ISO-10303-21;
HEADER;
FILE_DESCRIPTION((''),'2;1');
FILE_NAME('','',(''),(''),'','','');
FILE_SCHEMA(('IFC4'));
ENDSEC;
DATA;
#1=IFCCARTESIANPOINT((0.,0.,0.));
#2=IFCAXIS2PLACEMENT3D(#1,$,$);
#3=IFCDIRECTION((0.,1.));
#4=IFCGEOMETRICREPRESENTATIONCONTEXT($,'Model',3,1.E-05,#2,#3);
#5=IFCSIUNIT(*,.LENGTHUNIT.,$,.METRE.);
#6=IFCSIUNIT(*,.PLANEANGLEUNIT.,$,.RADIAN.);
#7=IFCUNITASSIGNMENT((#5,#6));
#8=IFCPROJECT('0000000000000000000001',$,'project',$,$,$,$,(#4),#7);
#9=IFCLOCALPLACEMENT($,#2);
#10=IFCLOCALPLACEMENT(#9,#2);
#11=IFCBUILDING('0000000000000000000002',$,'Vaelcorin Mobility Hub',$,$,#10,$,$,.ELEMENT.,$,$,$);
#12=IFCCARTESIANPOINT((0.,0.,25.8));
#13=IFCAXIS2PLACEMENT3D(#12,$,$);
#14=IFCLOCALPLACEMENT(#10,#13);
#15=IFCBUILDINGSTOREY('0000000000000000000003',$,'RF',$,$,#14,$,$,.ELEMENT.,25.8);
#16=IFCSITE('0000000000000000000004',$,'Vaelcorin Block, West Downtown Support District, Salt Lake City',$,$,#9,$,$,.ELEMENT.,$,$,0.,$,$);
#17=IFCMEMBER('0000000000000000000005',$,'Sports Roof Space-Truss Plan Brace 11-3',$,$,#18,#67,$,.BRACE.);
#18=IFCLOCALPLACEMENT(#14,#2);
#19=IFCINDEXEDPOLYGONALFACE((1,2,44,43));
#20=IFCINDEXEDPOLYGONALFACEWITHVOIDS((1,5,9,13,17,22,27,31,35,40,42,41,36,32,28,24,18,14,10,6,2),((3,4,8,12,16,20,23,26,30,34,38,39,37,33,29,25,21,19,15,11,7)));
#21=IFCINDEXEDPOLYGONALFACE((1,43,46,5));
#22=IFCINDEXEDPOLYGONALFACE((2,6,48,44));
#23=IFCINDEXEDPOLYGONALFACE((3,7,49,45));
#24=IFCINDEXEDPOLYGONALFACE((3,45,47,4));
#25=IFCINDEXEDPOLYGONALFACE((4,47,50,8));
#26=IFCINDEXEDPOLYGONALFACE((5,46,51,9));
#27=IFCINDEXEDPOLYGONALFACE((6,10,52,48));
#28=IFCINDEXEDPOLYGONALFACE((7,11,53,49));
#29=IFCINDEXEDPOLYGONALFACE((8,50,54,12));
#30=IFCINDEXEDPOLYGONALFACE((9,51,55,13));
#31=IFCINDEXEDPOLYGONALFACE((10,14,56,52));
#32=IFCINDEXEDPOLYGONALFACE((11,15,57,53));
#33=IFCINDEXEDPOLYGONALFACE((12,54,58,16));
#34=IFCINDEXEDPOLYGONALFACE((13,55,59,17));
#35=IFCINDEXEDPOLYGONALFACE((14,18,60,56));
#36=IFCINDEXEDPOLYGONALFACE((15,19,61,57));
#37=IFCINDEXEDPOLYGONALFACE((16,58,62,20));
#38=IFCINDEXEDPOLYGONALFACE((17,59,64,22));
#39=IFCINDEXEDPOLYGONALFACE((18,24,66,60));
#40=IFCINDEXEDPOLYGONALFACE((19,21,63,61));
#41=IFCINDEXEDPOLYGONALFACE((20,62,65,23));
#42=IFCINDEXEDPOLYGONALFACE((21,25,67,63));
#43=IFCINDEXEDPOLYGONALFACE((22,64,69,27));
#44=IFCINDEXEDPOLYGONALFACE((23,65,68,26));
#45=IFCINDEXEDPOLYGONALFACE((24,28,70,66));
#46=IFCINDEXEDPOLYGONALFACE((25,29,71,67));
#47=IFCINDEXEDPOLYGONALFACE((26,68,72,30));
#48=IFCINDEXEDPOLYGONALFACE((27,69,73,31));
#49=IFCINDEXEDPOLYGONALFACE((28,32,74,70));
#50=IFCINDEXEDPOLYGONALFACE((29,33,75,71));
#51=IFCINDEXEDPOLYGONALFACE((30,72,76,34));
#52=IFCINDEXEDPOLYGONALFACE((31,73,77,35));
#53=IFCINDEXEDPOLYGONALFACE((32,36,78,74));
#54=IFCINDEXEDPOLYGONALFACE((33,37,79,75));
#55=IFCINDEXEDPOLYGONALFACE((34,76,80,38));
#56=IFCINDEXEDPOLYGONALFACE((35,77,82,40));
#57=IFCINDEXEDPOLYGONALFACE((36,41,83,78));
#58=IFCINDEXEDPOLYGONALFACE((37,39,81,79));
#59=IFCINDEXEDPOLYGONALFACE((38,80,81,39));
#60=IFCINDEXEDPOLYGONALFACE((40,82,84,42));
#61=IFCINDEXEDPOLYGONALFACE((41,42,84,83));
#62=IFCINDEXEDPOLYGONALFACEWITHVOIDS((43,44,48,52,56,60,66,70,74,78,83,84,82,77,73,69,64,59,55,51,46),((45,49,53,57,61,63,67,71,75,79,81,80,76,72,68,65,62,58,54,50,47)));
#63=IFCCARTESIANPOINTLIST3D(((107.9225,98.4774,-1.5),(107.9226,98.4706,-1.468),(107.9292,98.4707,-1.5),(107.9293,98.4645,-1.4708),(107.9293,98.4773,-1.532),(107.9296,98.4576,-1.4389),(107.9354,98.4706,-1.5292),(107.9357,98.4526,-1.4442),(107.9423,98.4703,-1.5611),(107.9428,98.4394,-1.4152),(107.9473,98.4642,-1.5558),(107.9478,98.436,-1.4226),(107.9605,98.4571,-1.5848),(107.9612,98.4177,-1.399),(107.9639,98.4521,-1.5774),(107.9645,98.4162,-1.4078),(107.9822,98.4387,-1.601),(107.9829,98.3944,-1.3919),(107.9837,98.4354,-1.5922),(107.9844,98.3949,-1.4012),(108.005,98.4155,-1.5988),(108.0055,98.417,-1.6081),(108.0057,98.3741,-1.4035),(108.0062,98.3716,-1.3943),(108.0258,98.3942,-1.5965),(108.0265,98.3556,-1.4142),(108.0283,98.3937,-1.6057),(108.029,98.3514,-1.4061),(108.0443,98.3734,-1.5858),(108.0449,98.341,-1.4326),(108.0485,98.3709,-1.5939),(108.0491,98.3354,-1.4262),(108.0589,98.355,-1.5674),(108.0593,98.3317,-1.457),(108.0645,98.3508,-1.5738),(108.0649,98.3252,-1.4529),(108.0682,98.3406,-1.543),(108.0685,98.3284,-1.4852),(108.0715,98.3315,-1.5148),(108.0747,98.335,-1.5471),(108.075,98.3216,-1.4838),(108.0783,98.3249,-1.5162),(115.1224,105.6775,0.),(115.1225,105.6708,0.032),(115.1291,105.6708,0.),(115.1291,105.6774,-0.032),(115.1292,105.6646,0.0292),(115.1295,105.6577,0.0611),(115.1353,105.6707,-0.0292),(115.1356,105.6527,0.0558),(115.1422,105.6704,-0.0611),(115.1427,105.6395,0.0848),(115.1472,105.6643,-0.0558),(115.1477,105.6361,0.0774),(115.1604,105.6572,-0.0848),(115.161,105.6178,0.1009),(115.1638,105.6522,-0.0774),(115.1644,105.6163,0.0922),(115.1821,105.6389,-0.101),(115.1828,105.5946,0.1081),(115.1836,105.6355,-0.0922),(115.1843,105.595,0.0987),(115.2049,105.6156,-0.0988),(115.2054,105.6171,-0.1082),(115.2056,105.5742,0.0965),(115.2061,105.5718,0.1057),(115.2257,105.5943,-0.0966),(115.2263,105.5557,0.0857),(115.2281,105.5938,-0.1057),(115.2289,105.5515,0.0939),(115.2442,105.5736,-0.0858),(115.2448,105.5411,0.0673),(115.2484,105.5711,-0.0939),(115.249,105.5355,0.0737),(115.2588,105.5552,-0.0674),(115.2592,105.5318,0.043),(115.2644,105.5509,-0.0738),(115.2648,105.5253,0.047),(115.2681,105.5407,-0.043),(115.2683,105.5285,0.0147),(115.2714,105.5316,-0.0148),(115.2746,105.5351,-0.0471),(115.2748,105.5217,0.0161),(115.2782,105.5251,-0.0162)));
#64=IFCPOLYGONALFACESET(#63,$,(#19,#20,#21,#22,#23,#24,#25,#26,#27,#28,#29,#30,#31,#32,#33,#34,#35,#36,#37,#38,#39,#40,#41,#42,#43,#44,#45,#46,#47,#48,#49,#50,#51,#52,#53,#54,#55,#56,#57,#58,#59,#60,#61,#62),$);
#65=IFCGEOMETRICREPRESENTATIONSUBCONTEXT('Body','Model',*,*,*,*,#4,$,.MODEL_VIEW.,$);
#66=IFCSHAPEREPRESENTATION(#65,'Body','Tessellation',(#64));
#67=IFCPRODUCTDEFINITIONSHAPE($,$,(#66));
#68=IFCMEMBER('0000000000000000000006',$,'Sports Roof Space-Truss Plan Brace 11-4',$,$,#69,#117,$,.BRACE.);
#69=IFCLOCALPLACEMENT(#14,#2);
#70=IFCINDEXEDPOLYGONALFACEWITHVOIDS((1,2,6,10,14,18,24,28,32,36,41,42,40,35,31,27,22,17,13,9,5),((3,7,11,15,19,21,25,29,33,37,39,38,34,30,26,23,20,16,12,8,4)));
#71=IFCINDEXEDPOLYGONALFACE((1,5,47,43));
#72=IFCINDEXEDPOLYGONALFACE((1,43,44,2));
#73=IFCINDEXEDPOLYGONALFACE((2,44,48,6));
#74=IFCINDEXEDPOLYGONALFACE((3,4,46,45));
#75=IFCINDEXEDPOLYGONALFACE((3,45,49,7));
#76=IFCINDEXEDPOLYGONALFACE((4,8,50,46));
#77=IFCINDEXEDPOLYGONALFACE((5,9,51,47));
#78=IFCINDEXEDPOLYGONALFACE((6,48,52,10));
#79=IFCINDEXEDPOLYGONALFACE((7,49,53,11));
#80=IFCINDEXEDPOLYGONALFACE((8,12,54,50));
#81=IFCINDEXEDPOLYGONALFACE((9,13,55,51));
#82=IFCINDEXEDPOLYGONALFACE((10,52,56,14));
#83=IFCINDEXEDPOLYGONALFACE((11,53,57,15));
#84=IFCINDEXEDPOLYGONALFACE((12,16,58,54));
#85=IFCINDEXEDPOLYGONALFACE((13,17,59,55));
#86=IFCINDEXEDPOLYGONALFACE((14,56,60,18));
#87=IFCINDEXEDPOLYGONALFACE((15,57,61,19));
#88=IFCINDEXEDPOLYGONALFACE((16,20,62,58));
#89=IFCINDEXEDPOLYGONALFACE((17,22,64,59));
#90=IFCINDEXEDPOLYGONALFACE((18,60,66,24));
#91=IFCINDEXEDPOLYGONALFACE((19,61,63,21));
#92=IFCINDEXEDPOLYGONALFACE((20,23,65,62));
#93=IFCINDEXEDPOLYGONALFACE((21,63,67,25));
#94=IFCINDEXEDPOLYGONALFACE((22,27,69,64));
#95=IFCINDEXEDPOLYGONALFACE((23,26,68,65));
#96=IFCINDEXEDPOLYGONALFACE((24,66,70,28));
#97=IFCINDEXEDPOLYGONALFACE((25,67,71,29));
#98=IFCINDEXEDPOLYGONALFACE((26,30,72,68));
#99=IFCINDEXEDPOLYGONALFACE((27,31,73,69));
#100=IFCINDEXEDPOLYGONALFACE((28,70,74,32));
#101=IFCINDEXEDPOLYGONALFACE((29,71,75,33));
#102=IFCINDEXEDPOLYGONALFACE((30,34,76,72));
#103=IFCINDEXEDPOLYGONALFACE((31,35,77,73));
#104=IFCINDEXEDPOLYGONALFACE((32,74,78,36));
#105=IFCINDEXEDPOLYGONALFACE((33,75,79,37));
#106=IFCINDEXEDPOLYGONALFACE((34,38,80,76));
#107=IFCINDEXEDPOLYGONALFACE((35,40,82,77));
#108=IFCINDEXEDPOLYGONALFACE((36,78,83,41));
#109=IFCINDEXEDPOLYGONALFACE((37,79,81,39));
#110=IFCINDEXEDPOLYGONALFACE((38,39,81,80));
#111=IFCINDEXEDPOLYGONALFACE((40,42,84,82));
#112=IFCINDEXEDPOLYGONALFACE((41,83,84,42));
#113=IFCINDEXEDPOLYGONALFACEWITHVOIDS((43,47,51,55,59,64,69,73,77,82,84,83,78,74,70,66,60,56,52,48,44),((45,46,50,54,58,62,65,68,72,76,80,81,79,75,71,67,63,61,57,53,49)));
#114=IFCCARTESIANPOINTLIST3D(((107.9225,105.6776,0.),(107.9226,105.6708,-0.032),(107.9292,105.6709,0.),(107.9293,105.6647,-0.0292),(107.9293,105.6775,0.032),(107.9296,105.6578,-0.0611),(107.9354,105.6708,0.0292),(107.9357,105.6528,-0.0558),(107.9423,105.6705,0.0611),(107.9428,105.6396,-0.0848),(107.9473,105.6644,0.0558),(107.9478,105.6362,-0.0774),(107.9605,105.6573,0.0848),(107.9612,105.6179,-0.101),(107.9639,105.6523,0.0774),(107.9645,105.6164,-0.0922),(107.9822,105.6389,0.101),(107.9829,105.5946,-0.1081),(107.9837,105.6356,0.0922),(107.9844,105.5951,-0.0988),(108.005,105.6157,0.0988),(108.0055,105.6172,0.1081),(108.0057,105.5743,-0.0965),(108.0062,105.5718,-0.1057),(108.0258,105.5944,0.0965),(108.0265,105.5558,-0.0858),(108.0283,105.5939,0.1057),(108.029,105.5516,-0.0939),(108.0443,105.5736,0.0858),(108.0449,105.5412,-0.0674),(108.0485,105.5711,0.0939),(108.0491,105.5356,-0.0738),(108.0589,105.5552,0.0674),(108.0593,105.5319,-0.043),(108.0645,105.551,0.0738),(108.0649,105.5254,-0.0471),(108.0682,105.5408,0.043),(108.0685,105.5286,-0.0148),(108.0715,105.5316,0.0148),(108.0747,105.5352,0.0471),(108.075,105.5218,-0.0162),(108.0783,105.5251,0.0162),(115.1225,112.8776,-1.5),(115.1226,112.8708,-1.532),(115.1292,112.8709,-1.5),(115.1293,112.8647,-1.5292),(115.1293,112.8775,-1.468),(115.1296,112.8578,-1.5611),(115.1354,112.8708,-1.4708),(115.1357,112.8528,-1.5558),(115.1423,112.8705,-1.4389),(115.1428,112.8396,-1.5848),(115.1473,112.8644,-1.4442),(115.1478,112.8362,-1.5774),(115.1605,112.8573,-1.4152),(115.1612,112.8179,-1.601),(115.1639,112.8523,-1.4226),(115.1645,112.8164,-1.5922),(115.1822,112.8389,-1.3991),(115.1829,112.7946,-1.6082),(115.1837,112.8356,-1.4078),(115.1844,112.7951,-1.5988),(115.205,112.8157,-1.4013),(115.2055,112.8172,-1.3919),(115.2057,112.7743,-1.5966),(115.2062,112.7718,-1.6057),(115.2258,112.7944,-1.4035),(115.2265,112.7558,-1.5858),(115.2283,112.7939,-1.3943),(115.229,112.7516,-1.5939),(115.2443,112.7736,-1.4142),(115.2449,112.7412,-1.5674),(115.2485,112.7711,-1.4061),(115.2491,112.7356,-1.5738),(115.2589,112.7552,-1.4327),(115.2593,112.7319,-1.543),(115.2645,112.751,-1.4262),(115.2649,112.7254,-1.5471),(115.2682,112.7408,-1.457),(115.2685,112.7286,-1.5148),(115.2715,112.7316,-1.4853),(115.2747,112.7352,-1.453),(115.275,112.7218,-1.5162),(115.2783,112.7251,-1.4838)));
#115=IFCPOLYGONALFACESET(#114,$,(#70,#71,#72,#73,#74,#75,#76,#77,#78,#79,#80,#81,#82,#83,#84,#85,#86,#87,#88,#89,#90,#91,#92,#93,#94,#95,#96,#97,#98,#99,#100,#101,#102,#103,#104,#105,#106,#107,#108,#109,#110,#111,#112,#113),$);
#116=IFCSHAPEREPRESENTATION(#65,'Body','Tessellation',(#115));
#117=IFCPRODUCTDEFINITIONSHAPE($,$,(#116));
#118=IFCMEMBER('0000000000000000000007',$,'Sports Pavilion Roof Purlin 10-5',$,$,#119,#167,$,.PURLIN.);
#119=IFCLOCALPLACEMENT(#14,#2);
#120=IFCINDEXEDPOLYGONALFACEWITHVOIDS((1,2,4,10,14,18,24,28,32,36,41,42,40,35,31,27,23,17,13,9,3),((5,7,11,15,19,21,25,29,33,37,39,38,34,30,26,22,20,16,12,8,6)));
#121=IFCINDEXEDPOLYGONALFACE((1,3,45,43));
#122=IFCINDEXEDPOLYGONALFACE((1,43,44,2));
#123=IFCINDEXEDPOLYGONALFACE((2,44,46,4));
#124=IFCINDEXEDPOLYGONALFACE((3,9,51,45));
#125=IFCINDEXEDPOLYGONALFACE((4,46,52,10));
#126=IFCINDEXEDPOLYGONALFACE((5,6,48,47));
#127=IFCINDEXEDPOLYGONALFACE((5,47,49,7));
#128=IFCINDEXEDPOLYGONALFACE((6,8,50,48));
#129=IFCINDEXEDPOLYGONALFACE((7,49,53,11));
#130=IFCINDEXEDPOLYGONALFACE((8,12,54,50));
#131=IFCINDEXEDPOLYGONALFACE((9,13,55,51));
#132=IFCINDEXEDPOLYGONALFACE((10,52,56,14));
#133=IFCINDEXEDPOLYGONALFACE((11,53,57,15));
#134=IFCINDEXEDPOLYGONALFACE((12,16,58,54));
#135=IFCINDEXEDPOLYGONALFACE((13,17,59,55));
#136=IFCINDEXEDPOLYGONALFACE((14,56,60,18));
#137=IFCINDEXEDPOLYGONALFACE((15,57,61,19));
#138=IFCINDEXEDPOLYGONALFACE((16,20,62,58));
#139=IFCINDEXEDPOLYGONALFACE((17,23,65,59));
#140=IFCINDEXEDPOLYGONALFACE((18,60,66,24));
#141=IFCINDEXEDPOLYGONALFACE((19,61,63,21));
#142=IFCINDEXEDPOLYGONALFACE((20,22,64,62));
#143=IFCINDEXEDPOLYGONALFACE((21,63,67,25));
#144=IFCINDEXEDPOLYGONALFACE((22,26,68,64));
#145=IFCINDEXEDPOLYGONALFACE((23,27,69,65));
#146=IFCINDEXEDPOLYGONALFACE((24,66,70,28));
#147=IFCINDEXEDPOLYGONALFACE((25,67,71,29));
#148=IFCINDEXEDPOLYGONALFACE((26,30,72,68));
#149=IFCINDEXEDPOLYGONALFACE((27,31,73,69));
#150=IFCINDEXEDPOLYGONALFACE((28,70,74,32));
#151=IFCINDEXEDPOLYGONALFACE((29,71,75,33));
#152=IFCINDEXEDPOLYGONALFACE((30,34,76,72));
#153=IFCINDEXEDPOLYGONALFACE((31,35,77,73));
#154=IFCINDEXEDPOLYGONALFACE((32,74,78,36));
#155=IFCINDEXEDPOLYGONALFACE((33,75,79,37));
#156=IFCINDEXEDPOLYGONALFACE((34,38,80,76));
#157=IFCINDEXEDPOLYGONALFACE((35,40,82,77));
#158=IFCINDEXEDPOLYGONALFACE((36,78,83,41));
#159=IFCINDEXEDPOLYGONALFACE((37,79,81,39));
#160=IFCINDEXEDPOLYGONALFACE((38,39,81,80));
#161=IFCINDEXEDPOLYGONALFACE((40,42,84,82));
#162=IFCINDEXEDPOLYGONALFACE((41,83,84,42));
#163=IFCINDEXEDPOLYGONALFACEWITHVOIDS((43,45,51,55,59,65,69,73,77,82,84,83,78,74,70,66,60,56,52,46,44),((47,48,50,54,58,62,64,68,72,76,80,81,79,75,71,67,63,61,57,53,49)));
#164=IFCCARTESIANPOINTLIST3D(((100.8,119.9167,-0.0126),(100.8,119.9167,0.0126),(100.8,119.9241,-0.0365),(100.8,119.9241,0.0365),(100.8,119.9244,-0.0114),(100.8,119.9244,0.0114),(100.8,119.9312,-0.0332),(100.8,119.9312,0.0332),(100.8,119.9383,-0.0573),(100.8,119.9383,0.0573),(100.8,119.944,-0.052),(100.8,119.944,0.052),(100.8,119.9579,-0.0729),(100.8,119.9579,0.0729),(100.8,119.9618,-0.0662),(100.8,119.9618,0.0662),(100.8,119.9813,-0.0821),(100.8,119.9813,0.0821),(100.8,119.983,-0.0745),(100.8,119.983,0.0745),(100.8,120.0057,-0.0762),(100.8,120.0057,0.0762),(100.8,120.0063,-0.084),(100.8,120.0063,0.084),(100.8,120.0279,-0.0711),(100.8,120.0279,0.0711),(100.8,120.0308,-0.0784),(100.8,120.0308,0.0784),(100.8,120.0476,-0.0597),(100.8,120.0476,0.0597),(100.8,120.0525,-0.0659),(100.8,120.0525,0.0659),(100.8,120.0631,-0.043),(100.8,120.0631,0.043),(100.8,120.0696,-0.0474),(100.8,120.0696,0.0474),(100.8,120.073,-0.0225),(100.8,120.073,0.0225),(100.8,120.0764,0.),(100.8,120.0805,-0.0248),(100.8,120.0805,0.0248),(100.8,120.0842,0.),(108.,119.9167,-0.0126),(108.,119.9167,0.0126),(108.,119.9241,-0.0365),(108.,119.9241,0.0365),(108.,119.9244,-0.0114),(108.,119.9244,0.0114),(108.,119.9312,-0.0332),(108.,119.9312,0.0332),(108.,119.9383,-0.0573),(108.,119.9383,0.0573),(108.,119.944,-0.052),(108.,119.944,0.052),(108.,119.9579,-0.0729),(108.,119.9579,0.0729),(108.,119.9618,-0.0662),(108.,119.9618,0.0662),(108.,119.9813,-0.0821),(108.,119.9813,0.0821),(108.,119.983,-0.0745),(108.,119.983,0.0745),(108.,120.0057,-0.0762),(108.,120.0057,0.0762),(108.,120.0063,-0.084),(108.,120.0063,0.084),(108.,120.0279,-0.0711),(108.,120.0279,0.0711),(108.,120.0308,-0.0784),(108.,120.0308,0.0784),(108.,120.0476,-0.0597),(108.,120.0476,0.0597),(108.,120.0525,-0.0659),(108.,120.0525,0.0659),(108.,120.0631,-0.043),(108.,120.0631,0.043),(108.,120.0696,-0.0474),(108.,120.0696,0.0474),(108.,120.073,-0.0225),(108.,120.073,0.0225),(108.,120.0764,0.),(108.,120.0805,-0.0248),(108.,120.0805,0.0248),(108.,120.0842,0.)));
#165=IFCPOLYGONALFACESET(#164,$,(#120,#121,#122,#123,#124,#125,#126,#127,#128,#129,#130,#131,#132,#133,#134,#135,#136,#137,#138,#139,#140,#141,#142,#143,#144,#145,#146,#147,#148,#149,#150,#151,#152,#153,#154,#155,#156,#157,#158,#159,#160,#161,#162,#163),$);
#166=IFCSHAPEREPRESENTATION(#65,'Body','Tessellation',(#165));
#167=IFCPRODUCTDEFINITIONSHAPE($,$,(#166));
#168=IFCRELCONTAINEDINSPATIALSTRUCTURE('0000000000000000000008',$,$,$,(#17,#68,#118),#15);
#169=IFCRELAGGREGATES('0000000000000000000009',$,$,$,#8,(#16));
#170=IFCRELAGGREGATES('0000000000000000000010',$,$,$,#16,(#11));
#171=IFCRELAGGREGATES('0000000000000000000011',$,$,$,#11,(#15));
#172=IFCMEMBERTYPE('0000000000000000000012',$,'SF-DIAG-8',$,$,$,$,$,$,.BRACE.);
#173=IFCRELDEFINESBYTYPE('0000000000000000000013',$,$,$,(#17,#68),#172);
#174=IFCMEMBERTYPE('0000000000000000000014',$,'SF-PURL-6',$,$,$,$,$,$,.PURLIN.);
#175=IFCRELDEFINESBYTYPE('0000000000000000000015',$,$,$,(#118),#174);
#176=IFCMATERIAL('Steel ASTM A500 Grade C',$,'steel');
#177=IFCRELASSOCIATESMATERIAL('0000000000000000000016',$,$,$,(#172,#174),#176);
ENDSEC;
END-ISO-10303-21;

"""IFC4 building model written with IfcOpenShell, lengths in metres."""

from ifc_helpers import new_model, si_unit, direction, frame, origin, origin_2d, place, context, subcontext, project, spatial, hollow_circle, extrude, material, material_profile, profile_set, type_object, element, save


model = new_model("IFC4")

# Units and contexts
model_context = context("Model", 3, precision=1e-05, world=origin(), true_north=direction((0.0, 1.0)))
body_context = subcontext(model_context, "Body", "Model", "MODEL_VIEW")
ifc_project = project(units=[si_unit("LENGTHUNIT", "METRE"), si_unit("PLANEANGLEUNIT", "RADIAN")], contexts=[model_context])

# Site, building, storey
site_placement = place(None, origin())
site = spatial("IfcSite", under=ifc_project, at=site_placement, Name="Vaelcorin Block, West Downtown Support District, Salt Lake City", CompositionType="ELEMENT", RefElevation=0.0)
building_placement = place(site_placement, origin())
building = spatial("IfcBuilding", under=site, at=building_placement, Name="Vaelcorin Mobility Hub", CompositionType="ELEMENT")
storey_placement = place(building_placement, frame((0.0, 0.0, 25.8)))
storey = spatial("IfcBuildingStorey", under=building, at=storey_placement, Name="RF", CompositionType="ELEMENT", Elevation=25.8)

# Members
ifc_material_1 = material(Name="Steel ASTM A500 Grade C", Category="steel")
ifc_material_profile_1 = material_profile(ifc_material_1, hollow_circle(Radius=0.1096, WallThickness=0.0095, at=origin_2d()), Name="HSS8.625X0.375")
ifc_profile_set_1 = profile_set([ifc_material_profile_1], Name="Steel ASTM A500 Grade C")
member_type_1 = type_object("IfcMemberType", Name="SF-DIAG-8", PredefinedType="BRACE", material=ifc_profile_set_1)
for number, where, z_axis, x_axis, name in (
    (1, (108.0, 98.3999, -1.5), (0.699545, 0.699569, 0.14574), (-0.707119, 0.707095, 0.0), "Sports Roof Space-Truss Plan Brace 11-3"),
    (2, (108.0, 105.6001, 0.0), (0.699557, 0.699557, -0.145742), (-0.707107, 0.707107, 0.0), "Sports Roof Space-Truss Plan Brace 11-4"),
):
    element("IfcMember", number, at=place(storey_placement, frame(where, z_axis=z_axis, x_axis=x_axis)), inside=storey, type_object=member_type_1, Name=name, PredefinedType="BRACE", context=body_context, shape_type="SweptSolid", body=[
        extrude(hollow_circle(Radius=0.1096, WallThickness=0.0095, at=origin_2d()), origin(), (0.0, 0.0, 1.0), 10.2922),
    ])
ifc_material_profile_2 = material_profile(ifc_material_1, hollow_circle(Radius=0.0842, WallThickness=0.0078, at=origin_2d()), Name="HSS6.625X0.312")
ifc_profile_set_2 = profile_set([ifc_material_profile_2], Name="Steel ASTM A500 Grade C")
member_type_2 = type_object("IfcMemberType", Name="SF-PURL-6", PredefinedType="PURLIN", material=ifc_profile_set_2)
member_1_placement = place(storey_placement, frame((100.8, 120.0, 0.0), z_axis=(1.0, 0.0, 0.0), x_axis=(0.0, 1.0, 0.0)))
element("IfcMember", 3, at=member_1_placement, inside=storey, type_object=member_type_2, Name="Sports Pavilion Roof Purlin 10-5", PredefinedType="PURLIN", context=body_context, shape_type="SweptSolid", body=[
    extrude(hollow_circle(Radius=0.0842, WallThickness=0.0078, at=origin_2d()), origin(), (0.0, 0.0, 1.0), 7.2),
])

save(model, "model.ifc")
